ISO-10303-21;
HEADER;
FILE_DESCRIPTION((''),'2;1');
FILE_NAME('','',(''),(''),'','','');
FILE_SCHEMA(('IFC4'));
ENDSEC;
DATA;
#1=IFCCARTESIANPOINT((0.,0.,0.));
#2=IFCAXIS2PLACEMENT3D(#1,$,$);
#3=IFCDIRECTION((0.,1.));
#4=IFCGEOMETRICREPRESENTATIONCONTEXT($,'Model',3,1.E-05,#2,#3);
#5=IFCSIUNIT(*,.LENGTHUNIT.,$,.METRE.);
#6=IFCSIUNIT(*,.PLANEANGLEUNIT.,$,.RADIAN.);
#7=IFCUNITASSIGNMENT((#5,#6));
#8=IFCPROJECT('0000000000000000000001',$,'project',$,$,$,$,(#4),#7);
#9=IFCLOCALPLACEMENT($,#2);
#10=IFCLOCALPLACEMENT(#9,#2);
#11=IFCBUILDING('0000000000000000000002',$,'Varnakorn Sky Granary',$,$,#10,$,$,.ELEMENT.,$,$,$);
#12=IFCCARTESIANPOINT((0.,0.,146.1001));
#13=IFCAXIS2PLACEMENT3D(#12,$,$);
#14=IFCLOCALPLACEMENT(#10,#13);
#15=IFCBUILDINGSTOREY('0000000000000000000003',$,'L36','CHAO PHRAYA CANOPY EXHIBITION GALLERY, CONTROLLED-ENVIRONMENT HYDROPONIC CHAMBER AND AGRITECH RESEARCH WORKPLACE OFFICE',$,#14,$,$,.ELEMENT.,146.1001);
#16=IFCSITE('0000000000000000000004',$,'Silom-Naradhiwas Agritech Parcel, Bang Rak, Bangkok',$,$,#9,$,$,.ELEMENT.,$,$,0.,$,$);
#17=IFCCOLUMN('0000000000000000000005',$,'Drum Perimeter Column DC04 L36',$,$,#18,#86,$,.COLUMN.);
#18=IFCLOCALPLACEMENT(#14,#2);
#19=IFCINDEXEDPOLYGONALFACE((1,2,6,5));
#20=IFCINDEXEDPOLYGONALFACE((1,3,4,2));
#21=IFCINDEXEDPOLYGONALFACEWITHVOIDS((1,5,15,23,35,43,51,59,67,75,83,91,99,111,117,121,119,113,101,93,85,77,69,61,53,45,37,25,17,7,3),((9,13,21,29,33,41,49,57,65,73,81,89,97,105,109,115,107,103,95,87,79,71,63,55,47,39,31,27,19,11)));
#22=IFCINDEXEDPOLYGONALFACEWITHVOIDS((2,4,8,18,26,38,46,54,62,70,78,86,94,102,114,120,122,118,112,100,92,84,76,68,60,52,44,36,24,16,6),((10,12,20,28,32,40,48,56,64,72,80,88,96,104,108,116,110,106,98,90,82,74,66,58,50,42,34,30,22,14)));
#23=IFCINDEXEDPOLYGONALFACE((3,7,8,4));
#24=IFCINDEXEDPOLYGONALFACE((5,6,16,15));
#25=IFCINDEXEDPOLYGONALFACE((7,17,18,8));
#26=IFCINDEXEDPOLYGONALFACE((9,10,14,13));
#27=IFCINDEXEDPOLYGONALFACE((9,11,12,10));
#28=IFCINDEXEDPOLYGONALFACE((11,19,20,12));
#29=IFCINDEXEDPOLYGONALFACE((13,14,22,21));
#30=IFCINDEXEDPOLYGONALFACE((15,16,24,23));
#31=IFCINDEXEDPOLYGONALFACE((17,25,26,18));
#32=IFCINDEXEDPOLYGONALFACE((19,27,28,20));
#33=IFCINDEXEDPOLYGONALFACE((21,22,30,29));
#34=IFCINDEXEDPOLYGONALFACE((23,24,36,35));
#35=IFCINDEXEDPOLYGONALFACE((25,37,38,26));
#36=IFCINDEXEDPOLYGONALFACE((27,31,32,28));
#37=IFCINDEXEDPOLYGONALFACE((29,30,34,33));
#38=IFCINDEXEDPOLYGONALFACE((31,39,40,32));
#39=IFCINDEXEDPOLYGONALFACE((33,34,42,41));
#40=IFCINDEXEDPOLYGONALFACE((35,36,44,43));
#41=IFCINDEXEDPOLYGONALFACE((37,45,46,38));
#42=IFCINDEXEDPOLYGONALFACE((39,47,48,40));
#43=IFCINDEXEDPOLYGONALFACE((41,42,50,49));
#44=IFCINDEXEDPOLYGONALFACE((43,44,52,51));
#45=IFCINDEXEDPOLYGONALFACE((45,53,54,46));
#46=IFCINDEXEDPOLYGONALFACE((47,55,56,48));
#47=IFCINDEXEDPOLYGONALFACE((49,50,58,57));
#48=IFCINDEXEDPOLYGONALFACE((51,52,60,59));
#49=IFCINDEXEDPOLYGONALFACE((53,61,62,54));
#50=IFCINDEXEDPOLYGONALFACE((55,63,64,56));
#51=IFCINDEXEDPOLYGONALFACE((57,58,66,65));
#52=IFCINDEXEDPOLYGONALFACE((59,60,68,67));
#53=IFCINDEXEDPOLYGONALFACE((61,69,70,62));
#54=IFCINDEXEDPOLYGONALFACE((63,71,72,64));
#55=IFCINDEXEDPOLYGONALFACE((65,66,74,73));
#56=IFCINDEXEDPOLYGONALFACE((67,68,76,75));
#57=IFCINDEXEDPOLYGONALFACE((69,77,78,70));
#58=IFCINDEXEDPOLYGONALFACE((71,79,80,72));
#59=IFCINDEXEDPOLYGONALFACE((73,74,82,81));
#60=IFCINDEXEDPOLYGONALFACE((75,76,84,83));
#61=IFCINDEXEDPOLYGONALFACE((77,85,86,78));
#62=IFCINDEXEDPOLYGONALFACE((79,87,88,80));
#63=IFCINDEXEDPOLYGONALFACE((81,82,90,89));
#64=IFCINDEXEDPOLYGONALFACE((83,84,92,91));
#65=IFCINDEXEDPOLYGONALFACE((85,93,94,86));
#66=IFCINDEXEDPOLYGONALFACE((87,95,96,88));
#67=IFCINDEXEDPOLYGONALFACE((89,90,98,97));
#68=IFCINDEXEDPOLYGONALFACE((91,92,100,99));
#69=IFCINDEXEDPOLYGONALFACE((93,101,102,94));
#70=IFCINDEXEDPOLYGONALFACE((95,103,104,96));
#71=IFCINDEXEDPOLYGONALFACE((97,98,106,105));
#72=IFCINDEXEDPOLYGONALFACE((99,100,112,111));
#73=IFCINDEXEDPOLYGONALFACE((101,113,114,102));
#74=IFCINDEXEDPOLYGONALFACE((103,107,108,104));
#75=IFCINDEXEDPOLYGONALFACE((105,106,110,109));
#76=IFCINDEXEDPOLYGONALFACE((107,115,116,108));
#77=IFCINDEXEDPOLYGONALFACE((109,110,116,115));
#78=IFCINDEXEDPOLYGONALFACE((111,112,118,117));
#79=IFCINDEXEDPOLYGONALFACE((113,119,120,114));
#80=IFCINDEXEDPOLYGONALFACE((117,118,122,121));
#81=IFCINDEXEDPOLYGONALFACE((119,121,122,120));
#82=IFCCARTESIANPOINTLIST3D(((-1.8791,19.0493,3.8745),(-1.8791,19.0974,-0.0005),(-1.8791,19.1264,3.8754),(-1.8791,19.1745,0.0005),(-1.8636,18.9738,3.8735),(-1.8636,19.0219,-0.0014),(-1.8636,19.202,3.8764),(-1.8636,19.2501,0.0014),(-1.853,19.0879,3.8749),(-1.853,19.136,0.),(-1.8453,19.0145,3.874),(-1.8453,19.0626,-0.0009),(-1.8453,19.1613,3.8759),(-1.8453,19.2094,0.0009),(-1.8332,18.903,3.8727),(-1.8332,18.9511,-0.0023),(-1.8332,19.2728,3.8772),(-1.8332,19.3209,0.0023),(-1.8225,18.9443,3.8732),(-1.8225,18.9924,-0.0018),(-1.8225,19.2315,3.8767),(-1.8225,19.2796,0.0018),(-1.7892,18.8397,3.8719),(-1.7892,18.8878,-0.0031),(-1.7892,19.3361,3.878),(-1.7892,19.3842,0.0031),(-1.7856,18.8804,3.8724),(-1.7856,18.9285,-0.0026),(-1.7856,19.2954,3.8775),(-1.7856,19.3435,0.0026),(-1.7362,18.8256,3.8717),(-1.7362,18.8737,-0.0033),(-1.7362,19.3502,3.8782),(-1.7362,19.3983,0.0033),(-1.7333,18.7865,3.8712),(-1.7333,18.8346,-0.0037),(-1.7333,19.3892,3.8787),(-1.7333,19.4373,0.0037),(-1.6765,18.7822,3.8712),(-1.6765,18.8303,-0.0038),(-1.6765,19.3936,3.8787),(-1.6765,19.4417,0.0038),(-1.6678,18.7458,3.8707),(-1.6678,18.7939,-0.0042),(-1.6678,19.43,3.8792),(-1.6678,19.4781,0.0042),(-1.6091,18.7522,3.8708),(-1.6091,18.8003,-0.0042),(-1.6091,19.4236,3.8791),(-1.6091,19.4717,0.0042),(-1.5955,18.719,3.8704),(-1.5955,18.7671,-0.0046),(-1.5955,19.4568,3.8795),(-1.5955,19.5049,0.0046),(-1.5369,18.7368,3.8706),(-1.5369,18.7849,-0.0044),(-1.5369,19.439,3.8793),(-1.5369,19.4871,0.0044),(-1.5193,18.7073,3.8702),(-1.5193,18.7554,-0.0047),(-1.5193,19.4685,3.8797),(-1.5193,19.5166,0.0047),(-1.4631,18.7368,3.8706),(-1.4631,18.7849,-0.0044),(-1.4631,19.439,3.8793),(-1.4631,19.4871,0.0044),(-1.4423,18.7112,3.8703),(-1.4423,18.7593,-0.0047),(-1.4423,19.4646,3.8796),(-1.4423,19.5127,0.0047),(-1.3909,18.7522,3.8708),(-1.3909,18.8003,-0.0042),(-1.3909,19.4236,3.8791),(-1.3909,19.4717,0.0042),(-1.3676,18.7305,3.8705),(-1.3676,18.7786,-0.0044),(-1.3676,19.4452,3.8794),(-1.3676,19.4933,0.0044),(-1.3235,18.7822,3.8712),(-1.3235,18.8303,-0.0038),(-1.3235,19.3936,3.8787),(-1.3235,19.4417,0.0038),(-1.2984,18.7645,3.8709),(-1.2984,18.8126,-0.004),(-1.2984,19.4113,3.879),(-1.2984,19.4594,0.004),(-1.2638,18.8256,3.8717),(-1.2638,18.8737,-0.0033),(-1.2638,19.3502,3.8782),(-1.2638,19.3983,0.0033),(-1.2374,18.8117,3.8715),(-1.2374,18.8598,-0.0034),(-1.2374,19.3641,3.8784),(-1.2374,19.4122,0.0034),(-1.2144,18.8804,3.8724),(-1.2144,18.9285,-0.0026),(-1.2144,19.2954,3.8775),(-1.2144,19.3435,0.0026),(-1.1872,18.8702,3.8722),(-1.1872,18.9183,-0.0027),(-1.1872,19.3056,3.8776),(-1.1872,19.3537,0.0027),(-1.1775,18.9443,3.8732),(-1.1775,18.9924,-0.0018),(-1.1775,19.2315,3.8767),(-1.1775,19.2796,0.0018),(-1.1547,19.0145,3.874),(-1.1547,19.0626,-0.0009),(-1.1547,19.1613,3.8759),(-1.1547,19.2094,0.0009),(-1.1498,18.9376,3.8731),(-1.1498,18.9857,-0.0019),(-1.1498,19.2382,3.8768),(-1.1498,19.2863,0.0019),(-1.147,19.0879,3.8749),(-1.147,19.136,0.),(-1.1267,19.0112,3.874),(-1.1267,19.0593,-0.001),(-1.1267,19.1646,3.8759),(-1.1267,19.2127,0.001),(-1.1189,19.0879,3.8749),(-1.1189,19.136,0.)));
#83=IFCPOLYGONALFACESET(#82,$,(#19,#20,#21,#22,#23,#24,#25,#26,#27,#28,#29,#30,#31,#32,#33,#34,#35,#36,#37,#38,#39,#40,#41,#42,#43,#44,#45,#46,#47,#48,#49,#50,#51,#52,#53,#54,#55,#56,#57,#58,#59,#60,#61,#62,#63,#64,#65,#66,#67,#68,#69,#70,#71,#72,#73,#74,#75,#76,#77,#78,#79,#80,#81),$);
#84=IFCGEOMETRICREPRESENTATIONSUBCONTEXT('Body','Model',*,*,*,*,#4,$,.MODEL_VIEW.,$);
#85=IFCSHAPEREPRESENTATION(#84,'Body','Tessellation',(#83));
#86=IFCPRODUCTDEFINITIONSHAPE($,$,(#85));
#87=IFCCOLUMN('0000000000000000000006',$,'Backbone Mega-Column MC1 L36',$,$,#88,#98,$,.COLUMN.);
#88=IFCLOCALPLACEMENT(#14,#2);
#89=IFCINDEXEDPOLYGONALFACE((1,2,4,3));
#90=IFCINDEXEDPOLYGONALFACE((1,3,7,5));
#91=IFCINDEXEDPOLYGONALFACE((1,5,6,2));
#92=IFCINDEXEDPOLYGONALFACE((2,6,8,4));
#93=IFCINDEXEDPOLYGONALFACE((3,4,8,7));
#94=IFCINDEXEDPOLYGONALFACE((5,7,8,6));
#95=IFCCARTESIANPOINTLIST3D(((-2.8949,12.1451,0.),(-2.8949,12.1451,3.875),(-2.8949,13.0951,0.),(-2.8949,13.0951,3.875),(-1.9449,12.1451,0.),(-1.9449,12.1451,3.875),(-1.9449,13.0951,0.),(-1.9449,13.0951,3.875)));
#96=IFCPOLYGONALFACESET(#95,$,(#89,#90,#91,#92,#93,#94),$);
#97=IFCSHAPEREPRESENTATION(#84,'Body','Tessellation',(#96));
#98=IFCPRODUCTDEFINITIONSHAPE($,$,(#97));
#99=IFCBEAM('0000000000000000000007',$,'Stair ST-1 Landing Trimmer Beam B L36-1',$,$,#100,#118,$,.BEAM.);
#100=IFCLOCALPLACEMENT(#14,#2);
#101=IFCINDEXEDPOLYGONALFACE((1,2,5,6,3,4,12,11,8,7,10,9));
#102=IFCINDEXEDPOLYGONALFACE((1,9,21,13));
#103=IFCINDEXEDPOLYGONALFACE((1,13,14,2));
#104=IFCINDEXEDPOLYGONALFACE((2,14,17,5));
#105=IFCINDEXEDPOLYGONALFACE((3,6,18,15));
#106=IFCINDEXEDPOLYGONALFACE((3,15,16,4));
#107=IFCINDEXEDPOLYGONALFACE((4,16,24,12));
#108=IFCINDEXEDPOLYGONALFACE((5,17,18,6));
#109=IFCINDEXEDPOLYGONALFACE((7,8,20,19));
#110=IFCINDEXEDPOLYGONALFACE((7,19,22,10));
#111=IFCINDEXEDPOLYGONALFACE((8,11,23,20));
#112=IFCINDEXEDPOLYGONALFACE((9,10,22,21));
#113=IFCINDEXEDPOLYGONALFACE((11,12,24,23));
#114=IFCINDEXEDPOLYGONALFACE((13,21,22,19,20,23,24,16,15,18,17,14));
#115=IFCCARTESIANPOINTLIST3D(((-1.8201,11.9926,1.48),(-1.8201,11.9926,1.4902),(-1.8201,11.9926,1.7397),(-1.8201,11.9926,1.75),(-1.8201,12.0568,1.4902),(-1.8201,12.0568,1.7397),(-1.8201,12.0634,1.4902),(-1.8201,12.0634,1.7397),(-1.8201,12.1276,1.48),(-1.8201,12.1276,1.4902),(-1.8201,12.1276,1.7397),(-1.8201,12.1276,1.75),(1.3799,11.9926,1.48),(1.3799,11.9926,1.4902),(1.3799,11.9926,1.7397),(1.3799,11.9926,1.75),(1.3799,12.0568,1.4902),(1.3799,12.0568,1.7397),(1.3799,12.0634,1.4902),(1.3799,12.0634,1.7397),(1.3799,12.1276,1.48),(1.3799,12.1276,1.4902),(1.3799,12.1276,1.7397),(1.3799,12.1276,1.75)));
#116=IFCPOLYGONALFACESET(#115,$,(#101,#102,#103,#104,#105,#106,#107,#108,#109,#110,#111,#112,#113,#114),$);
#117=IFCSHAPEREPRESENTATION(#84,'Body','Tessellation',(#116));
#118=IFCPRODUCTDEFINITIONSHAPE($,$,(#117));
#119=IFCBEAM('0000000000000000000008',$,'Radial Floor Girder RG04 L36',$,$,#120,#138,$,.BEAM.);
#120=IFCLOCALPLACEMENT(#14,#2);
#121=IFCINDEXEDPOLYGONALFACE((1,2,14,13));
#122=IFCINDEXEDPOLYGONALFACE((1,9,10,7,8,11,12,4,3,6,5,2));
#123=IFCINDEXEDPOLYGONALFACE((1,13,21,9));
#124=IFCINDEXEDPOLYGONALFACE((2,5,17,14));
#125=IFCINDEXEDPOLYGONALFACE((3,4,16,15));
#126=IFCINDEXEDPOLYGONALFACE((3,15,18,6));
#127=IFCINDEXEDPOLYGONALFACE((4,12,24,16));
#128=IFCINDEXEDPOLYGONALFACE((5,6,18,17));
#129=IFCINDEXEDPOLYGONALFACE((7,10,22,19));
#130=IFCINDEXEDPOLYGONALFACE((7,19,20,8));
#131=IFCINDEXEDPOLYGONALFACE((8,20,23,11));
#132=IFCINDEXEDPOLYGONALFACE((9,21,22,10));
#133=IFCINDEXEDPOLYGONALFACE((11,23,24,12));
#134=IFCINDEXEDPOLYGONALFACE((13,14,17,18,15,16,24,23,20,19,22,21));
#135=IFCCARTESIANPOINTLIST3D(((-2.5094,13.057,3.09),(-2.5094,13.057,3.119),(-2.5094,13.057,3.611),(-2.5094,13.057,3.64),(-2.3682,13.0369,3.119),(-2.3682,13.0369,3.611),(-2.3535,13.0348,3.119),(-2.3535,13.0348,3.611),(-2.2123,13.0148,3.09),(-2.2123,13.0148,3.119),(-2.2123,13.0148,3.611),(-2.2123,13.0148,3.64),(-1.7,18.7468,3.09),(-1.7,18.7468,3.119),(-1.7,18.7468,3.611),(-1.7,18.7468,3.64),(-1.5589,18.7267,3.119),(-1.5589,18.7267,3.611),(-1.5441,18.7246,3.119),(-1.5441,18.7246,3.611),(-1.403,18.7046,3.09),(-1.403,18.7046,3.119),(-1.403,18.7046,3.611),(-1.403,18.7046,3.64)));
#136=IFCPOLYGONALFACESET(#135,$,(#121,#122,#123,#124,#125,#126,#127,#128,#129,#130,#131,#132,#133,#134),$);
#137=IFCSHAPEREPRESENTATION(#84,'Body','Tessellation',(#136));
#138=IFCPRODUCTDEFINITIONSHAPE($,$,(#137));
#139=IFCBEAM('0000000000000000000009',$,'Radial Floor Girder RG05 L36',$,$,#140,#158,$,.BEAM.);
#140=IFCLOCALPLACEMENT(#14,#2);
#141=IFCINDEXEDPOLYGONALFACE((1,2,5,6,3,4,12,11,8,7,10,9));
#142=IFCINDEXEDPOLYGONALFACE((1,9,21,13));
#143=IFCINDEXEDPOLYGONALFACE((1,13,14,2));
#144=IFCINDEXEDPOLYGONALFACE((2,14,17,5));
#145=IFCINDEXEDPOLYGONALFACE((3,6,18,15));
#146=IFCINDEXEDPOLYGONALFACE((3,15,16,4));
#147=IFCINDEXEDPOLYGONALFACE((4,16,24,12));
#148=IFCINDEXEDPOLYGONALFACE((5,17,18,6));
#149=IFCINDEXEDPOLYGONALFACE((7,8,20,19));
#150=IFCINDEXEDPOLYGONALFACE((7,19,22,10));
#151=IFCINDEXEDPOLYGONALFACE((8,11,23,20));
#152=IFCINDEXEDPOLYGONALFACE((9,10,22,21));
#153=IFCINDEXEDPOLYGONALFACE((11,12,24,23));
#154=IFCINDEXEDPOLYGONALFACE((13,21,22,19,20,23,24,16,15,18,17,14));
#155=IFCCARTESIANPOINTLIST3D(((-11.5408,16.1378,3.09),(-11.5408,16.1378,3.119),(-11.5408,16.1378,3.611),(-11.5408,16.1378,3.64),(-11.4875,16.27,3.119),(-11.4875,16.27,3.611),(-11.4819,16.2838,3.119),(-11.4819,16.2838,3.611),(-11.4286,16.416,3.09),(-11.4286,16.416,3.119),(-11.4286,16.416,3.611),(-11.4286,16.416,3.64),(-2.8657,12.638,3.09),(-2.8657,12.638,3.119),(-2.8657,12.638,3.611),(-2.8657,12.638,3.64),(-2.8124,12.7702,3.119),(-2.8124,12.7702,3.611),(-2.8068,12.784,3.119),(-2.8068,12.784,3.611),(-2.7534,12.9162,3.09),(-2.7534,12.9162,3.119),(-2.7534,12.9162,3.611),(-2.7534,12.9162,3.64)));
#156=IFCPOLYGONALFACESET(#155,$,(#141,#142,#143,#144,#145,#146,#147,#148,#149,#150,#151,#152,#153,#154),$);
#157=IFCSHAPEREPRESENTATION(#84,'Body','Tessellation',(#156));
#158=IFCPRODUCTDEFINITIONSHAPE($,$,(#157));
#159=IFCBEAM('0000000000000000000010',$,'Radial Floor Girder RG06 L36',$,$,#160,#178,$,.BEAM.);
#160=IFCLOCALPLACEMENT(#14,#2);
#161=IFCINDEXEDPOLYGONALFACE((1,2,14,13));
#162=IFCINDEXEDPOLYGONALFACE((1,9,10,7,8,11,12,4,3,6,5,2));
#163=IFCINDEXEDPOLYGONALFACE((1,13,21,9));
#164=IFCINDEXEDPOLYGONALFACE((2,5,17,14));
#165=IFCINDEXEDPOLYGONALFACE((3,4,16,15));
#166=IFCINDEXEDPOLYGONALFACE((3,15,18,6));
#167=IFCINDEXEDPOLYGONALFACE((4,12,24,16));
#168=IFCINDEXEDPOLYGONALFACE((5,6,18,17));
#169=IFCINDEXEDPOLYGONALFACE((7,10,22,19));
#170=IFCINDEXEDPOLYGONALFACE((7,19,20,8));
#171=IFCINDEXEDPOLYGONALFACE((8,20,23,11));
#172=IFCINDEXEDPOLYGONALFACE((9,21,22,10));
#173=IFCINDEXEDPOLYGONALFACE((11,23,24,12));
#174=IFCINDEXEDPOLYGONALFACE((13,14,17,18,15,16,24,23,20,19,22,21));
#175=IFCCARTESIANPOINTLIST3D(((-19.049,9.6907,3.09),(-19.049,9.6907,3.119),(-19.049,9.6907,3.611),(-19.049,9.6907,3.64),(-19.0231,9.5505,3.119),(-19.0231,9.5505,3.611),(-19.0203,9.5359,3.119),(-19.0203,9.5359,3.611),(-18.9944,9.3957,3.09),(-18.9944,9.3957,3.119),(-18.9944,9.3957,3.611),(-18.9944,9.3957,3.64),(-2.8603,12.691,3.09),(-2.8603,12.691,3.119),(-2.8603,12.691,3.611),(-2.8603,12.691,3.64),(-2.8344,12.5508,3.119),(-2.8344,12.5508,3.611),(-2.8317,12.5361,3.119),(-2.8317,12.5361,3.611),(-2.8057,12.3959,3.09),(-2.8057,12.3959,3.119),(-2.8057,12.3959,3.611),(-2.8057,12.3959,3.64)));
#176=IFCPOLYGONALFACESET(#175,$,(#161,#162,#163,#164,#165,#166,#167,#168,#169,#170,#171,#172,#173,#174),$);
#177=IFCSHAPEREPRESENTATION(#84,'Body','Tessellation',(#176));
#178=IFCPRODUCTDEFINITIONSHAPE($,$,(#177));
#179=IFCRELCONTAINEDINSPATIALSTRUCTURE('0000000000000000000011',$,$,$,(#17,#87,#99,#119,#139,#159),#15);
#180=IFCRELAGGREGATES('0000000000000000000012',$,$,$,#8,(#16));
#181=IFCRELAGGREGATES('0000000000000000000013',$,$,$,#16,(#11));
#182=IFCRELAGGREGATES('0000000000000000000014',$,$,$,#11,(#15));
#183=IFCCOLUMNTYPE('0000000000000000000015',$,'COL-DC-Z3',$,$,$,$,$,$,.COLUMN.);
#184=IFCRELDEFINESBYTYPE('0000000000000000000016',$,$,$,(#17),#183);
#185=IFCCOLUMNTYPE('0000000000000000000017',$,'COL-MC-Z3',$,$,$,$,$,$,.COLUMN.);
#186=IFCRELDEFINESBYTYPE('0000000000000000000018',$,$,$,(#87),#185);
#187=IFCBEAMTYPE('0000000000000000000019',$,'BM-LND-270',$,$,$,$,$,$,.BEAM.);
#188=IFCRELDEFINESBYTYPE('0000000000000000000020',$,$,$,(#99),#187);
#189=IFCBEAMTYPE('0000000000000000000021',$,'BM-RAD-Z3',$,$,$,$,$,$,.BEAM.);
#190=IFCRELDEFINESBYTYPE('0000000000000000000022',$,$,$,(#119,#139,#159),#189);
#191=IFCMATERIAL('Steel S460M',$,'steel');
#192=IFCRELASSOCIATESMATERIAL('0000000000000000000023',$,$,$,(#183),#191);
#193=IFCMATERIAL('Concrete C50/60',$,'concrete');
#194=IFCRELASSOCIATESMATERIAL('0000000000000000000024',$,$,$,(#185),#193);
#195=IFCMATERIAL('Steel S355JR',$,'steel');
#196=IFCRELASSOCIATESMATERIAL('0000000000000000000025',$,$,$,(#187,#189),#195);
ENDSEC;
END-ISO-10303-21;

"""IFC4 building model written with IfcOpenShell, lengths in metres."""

from ifc_helpers import new_model, si_unit, direction, frame, origin, origin_2d, place, context, subcontext, project, spatial, rectangle, hollow_circle, i_section, extrude, material, material_profile, profile_set, type_object, element, save


model = new_model("IFC4")

# Units and contexts
model_context = context("Model", 3, precision=1e-05, world=origin(), true_north=direction((0.0, 1.0)))
body_context = subcontext(model_context, "Body", "Model", "MODEL_VIEW")
ifc_project = project(units=[si_unit("LENGTHUNIT", "METRE"), si_unit("PLANEANGLEUNIT", "RADIAN")], contexts=[model_context])

# Site, building, storey
site_placement = place(None, origin())
site = spatial("IfcSite", under=ifc_project, at=site_placement, Name="Silom-Naradhiwas Agritech Parcel, Bang Rak, Bangkok", CompositionType="ELEMENT", RefElevation=0.0)
building_placement = place(site_placement, origin())
building = spatial("IfcBuilding", under=site, at=building_placement, Name="Varnakorn Sky Granary", CompositionType="ELEMENT")
storey_placement = place(building_placement, frame((0.0, 0.0, 146.1001)))
storey = spatial("IfcBuildingStorey", under=building, at=storey_placement, Name="L36", Description="CHAO PHRAYA CANOPY EXHIBITION GALLERY, CONTROLLED-ENVIRONMENT HYDROPONIC CHAMBER AND AGRITECH RESEARCH WORKPLACE OFFICE", CompositionType="ELEMENT", Elevation=146.1001)

# Columns
ifc_material_1 = material(Name="Steel S460M", Category="steel")
ifc_material_profile_1 = material_profile(ifc_material_1, hollow_circle(Radius=0.3811, WallThickness=0.0281, at=origin_2d()), Name="CHS 762x28")
ifc_profile_set_1 = profile_set([ifc_material_profile_1], Name="Steel S460M")
column_type_1 = type_object("IfcColumnType", Name="COL-DC-Z3", PredefinedType="COLUMN", material=ifc_profile_set_1)
column_1_placement = place(storey_placement, frame((-1.5, 19.136, 0.0), z_axis=(0.0, -0.012411, 0.999923), x_axis=(1.0, 0.0, 0.0)))
element("IfcColumn", 1, at=column_1_placement, inside=storey, type_object=column_type_1, Name="Drum Perimeter Column DC04 L36", PredefinedType="COLUMN", context=body_context, shape_type="SweptSolid", body=[
    extrude(hollow_circle(Radius=0.3811, WallThickness=0.0281, at=origin_2d()), origin(), (0.0, 0.0, 1.0), 3.8752),
])
ifc_material_2 = material(Name="Concrete C50/60", Category="concrete")
ifc_material_profile_2 = material_profile(ifc_material_2, rectangle(XDim=0.95, YDim=0.95, at=origin_2d()), Name="RC 950x950")
ifc_profile_set_2 = profile_set([ifc_material_profile_2], Name="Concrete C50/60")
column_type_2 = type_object("IfcColumnType", Name="COL-MC-Z3", PredefinedType="COLUMN", material=ifc_profile_set_2)
column_2_placement = place(storey_placement, frame((-2.4199, 12.6201, 0.0), z_axis=(0.0, 0.0, 1.0), x_axis=(1.0, 0.0, 0.0)))
element("IfcColumn", 2, at=column_2_placement, inside=storey, type_object=column_type_2, Name="Backbone Mega-Column MC1 L36", PredefinedType="COLUMN", context=body_context, shape_type="SweptSolid", body=[
    extrude(rectangle(XDim=0.95, YDim=0.95, at=origin_2d()), origin(), (0.0, 0.0, 1.0), 3.875),
])

# Beams
ifc_material_3 = material(Name="Steel S355JR", Category="steel")
ifc_material_profile_3 = material_profile(ifc_material_3, i_section(OverallWidth=0.135, OverallDepth=0.27, WebThickness=0.0066, FlangeThickness=0.0103, at=origin_2d()), Name="IPE 270")
ifc_profile_set_3 = profile_set([ifc_material_profile_3], Name="Steel S355JR")
beam_type_1 = type_object("IfcBeamType", Name="BM-LND-270", PredefinedType="BEAM", material=ifc_profile_set_3)
beam_1_placement = place(storey_placement, frame((-1.8201, 12.0601, 1.615), z_axis=(1.0, 0.0, 0.0), x_axis=(0.0, 1.0, 0.0)))
element("IfcBeam", 3, at=beam_1_placement, inside=storey, type_object=beam_type_1, Name="Stair ST-1 Landing Trimmer Beam B L36-1", PredefinedType="BEAM", context=body_context, shape_type="SweptSolid", body=[
    extrude(i_section(OverallWidth=0.135, OverallDepth=0.27, WebThickness=0.0066, FlangeThickness=0.0103, at=origin_2d()), origin(), (0.0, 0.0, 1.0), 3.2),
])
ifc_material_profile_4 = material_profile(ifc_material_3, i_section(OverallWidth=0.3, OverallDepth=0.55, WebThickness=0.0149, FlangeThickness=0.0291, at=origin_2d()), Name="HE 550 B")
ifc_profile_set_4 = profile_set([ifc_material_profile_4], Name="Steel S355JR")
beam_type_2 = type_object("IfcBeamType", Name="BM-RAD-Z3", PredefinedType="BEAM", material=ifc_profile_set_4)
beam_2_placement = place(storey_placement, frame((-2.3608, 13.0359, 3.365), z_axis=(0.140827, 0.990034, 0.0), x_axis=(-0.990034, 0.140827, 0.0)))
element("IfcBeam", 4, at=beam_2_placement, inside=storey, type_object=beam_type_2, Name="Radial Floor Girder RG04 L36", PredefinedType="BEAM", context=body_context, shape_type="SweptSolid", body=[
    extrude(i_section(OverallWidth=0.3, OverallDepth=0.55, WebThickness=0.0149, FlangeThickness=0.0291, at=origin_2d()), origin(), (0.0, 0.0, 1.0), 5.7471),
])
beam_3_placement = place(storey_placement, frame((-2.8096, 12.7771, 3.365), z_axis=(-0.927376, 0.374129, 0.0), x_axis=(-0.374129, -0.927376, 0.0)))
element("IfcBeam", 5, at=beam_3_placement, inside=storey, type_object=beam_type_2, Name="Radial Floor Girder RG05 L36", PredefinedType="BEAM", context=body_context, shape_type="SweptSolid", body=[
    extrude(i_section(OverallWidth=0.3, OverallDepth=0.55, WebThickness=0.0149, FlangeThickness=0.0291, at=origin_2d()), origin(), (0.0, 0.0, 1.0), 9.3545),
])
beam_4_placement = place(storey_placement, frame((-2.833, 12.5435, 3.365), z_axis=(-0.983257, -0.182226, 0.0), x_axis=(0.182226, -0.983257, 0.0)))
element("IfcBeam", 6, at=beam_4_placement, inside=storey, type_object=beam_type_2, Name="Radial Floor Girder RG06 L36", PredefinedType="BEAM", context=body_context, shape_type="SweptSolid", body=[
    extrude(i_section(OverallWidth=0.3, OverallDepth=0.55, WebThickness=0.0149, FlangeThickness=0.0291, at=origin_2d()), origin(), (0.0, 0.0, 1.0), 16.4644),
])

save(model, "model.ifc")
